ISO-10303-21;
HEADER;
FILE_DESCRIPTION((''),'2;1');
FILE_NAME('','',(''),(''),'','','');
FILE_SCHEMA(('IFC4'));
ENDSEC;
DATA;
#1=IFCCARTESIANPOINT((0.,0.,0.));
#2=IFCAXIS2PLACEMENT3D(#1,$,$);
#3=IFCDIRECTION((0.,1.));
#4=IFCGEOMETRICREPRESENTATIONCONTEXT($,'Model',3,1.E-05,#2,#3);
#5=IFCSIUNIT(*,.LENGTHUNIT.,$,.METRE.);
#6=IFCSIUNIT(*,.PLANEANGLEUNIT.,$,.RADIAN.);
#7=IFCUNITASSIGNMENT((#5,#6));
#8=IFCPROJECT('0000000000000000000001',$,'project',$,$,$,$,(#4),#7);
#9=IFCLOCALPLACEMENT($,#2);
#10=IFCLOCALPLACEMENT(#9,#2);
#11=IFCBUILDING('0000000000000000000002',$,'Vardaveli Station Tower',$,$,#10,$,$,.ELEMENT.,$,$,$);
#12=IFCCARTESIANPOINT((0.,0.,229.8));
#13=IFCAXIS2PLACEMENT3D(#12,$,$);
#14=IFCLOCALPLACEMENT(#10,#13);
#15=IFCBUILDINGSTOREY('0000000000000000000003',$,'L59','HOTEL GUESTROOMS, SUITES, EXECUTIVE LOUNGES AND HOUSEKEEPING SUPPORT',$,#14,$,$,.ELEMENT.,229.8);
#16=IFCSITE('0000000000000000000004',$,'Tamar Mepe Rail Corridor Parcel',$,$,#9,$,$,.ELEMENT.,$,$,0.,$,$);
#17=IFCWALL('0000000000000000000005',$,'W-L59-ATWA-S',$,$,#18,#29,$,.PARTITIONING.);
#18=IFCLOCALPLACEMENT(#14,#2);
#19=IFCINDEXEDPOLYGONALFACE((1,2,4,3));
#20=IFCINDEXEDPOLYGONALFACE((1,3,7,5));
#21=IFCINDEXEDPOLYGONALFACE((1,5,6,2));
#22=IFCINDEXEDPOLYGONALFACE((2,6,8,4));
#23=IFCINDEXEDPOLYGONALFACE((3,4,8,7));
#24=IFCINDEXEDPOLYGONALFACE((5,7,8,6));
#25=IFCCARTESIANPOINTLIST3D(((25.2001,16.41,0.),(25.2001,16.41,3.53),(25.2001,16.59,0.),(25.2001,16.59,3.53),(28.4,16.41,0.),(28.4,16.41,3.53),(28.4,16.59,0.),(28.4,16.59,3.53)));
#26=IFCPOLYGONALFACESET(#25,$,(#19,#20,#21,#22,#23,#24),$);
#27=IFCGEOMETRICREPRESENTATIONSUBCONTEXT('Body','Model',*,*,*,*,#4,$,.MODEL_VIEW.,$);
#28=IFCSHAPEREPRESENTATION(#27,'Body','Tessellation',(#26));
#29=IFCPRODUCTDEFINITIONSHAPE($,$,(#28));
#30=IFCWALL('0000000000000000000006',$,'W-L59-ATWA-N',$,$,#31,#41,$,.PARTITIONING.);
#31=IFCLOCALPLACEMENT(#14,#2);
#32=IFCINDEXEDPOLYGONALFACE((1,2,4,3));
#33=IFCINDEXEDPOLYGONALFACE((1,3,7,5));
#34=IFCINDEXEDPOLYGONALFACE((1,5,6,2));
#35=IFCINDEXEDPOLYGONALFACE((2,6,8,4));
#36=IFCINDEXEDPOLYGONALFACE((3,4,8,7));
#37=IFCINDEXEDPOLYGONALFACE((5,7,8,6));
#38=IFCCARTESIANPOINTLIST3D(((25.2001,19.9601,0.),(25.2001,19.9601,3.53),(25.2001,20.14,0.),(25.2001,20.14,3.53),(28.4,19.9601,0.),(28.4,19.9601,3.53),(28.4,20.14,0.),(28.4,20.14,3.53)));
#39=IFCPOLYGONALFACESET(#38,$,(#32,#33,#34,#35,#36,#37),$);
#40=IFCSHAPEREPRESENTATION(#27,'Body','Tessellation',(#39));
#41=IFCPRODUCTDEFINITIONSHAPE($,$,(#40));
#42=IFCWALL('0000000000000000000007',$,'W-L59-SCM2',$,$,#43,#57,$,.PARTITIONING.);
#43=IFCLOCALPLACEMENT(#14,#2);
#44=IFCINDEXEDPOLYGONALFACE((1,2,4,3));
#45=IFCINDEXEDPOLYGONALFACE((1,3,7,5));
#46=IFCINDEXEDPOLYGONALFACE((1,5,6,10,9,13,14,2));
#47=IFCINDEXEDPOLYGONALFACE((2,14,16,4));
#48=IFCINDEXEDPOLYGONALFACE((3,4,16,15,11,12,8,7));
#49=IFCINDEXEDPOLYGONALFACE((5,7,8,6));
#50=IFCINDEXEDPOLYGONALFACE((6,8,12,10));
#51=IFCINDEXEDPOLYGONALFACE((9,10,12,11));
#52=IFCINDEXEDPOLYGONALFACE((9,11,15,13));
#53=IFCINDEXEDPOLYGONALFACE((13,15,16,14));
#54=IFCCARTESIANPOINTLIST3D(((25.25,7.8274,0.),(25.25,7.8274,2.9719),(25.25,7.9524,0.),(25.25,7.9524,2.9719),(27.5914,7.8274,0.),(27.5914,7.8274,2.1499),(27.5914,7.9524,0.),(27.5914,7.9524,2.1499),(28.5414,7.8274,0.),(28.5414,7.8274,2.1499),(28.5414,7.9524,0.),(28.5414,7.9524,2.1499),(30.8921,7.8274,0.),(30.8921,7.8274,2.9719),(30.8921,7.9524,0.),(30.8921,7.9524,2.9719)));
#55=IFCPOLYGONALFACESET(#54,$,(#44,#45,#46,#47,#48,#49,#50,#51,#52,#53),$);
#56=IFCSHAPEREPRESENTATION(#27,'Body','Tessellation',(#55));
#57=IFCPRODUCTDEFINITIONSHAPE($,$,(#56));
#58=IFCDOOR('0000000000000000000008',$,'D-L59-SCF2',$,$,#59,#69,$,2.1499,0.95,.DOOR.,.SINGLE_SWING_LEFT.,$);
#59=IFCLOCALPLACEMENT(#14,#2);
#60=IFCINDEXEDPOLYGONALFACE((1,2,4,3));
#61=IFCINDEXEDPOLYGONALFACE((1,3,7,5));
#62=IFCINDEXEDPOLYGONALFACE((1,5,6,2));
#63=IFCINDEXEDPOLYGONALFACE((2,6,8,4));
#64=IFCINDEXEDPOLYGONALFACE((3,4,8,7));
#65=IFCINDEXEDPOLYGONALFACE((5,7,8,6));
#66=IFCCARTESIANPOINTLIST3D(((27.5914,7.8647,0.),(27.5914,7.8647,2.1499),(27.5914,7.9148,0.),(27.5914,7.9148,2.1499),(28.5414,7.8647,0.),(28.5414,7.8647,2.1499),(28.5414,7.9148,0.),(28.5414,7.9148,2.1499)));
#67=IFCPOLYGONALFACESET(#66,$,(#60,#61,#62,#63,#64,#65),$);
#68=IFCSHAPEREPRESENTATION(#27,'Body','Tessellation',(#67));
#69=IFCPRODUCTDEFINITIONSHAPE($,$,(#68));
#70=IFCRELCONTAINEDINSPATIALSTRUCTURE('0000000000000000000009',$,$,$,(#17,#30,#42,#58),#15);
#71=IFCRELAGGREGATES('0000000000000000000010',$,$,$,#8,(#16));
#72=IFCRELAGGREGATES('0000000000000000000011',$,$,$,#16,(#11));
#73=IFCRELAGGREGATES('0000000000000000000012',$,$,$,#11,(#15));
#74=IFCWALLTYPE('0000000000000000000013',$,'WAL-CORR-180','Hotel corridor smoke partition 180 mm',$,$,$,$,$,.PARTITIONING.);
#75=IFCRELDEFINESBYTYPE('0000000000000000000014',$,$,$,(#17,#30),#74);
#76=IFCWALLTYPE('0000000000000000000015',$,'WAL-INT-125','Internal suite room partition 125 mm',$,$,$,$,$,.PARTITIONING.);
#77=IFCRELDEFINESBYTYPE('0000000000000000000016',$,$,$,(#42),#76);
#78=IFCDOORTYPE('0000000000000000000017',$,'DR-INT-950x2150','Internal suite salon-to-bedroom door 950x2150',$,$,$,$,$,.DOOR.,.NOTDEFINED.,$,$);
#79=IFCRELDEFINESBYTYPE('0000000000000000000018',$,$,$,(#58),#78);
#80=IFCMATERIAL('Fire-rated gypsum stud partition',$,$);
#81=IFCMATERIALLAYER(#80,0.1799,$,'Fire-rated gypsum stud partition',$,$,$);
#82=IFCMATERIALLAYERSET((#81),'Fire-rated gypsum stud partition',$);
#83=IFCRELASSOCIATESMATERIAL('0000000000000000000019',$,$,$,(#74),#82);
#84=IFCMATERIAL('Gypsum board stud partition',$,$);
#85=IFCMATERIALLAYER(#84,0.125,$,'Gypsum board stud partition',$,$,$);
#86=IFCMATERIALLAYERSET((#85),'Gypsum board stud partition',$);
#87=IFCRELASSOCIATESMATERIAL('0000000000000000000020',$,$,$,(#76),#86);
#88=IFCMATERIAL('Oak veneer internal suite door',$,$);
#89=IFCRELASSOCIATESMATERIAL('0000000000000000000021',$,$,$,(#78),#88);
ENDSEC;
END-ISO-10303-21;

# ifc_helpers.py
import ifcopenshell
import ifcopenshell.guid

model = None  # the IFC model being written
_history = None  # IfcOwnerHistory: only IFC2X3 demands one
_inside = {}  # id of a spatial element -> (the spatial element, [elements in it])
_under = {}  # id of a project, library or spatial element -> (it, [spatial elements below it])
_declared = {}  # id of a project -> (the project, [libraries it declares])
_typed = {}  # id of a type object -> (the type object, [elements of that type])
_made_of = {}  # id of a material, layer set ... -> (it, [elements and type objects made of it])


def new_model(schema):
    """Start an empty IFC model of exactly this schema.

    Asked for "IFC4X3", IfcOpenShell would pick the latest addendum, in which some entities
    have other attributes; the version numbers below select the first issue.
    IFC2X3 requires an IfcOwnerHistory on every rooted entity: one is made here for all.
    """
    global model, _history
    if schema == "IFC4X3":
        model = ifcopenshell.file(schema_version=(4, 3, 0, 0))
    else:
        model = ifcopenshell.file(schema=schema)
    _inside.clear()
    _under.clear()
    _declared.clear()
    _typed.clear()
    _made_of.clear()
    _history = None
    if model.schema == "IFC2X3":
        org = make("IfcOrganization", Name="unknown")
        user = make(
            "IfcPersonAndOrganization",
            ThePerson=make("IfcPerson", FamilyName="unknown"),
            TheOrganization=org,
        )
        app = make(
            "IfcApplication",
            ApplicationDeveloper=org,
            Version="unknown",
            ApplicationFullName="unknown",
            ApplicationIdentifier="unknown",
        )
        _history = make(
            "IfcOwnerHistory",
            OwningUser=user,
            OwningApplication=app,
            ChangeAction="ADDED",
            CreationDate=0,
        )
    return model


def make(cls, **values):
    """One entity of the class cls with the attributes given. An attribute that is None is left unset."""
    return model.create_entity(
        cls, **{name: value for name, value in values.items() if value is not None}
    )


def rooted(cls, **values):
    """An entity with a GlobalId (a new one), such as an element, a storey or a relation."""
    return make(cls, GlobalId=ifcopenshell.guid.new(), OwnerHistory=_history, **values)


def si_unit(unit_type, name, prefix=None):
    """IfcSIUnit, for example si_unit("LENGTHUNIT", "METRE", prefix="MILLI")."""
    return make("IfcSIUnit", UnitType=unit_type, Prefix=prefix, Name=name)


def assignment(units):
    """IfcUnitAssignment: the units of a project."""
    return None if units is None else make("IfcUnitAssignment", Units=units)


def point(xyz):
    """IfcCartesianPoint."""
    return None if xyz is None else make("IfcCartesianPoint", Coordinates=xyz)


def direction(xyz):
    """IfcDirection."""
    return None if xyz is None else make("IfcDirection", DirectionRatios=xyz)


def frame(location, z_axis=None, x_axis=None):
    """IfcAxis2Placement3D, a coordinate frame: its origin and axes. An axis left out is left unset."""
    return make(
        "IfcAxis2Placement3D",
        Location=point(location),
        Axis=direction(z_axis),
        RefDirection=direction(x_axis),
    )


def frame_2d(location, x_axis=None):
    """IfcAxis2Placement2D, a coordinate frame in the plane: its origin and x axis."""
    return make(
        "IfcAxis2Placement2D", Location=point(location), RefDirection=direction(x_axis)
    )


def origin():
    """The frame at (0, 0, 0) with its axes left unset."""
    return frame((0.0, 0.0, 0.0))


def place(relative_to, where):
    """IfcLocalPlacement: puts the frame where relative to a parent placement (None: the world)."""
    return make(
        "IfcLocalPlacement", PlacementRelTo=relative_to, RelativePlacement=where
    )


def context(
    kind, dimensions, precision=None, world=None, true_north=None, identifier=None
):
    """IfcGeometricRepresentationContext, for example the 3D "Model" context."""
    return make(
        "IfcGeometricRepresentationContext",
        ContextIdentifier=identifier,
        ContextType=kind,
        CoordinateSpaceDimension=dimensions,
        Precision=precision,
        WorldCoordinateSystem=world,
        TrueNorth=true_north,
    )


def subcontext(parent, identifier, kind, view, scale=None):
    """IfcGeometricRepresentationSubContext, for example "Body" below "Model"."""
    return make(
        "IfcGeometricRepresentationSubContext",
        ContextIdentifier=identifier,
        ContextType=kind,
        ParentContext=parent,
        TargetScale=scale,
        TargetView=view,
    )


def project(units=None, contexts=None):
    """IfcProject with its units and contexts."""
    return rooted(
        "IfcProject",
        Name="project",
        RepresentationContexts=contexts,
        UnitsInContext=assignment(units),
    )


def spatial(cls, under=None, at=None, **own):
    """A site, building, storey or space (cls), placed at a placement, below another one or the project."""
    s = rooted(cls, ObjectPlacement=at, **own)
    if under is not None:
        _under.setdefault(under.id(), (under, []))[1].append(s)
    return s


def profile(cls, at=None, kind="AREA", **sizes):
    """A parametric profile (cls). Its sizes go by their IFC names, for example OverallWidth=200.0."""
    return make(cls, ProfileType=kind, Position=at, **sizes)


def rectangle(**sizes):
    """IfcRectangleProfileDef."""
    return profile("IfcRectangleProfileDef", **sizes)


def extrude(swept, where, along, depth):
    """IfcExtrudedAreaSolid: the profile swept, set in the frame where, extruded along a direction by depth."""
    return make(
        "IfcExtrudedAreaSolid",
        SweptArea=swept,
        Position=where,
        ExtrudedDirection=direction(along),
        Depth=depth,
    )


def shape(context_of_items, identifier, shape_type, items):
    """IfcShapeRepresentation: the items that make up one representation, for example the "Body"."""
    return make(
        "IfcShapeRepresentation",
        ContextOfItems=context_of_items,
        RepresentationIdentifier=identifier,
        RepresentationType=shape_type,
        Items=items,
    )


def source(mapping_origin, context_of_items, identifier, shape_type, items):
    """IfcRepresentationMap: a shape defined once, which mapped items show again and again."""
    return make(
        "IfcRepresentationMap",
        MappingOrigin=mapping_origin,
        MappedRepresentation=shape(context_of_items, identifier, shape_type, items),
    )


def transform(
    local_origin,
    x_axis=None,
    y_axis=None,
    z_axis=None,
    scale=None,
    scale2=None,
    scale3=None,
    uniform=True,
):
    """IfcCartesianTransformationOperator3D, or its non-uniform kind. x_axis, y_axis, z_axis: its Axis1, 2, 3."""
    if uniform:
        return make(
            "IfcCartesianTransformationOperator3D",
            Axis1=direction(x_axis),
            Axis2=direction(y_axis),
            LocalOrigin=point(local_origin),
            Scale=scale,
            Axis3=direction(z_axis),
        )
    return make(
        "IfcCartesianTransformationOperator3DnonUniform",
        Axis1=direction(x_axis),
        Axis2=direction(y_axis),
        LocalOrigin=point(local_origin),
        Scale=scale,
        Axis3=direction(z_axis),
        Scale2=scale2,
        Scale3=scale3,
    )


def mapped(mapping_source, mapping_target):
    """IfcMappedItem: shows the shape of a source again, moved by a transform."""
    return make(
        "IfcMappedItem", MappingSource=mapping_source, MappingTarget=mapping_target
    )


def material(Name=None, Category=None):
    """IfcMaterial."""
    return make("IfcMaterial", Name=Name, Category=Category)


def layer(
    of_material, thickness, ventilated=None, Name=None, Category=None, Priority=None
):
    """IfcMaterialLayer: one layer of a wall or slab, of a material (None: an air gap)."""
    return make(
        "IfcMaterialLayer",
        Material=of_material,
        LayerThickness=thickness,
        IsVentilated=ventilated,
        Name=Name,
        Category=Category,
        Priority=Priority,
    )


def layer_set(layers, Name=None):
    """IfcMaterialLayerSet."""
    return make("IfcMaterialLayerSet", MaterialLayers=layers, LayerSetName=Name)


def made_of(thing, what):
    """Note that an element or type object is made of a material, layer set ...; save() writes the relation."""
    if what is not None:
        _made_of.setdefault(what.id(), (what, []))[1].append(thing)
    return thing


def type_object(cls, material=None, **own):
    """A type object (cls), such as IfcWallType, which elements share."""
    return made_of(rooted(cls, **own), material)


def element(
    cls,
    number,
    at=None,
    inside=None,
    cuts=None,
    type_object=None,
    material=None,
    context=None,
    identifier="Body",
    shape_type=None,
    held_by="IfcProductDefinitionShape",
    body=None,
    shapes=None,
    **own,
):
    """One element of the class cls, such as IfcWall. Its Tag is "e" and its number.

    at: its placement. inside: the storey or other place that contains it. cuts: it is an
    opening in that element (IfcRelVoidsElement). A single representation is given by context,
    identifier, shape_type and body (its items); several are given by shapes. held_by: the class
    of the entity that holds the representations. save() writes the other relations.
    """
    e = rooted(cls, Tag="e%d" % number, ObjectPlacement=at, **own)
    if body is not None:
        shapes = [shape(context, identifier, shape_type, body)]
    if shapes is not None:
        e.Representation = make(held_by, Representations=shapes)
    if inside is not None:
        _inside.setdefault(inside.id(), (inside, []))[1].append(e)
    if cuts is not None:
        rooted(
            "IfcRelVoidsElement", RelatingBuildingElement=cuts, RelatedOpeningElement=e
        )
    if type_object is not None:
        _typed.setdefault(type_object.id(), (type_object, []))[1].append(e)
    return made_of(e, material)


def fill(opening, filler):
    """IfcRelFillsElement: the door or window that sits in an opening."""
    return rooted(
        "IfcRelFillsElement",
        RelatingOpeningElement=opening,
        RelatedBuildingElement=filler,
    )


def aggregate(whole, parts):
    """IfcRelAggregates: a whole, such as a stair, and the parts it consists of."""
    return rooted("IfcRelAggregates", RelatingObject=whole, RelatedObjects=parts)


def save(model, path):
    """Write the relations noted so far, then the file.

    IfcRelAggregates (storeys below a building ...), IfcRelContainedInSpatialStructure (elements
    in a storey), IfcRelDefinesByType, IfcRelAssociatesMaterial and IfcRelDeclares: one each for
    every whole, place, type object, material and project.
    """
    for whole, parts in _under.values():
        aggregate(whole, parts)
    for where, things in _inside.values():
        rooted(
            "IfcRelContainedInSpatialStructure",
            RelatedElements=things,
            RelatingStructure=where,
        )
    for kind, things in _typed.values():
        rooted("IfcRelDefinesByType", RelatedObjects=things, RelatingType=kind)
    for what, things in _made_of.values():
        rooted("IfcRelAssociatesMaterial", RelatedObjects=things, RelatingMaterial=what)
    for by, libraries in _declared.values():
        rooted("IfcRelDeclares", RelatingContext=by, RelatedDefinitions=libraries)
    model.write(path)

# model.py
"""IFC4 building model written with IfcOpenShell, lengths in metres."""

from ifc_helpers import new_model, si_unit, direction, frame, frame_2d, origin, place, context, subcontext, project, spatial, rectangle, extrude, source, transform, mapped, material, layer, layer_set, type_object, element, fill, save


model = new_model("IFC4")

# Units and contexts
model_context = context("Model", 3, precision=1e-05, world=origin(), true_north=direction((0.0, 1.0)))
body_context = subcontext(model_context, "Body", "Model", "MODEL_VIEW")
ifc_project = project(units=[si_unit("LENGTHUNIT", "METRE"), si_unit("PLANEANGLEUNIT", "RADIAN")], contexts=[model_context])

# Site, building, storey
site_placement = place(None, origin())
site = spatial("IfcSite", under=ifc_project, at=site_placement, Name="Tamar Mepe Rail Corridor Parcel", CompositionType="ELEMENT", RefElevation=0.0)
building_placement = place(site_placement, origin())
building = spatial("IfcBuilding", under=site, at=building_placement, Name="Vardaveli Station Tower", CompositionType="ELEMENT")
storey_placement = place(building_placement, frame((0.0, 0.0, 229.8)))
storey = spatial("IfcBuildingStorey", under=building, at=storey_placement, Name="L59", Description="HOTEL GUESTROOMS, SUITES, EXECUTIVE LOUNGES AND HOUSEKEEPING SUPPORT", CompositionType="ELEMENT", Elevation=229.8)

# Shared definitions
ifc_material_1 = material(Name="Fire-rated gypsum stud partition")
ifc_layer_1 = layer(ifc_material_1, 0.1799, Name="Fire-rated gypsum stud partition")
ifc_layer_set_1 = layer_set([ifc_layer_1], Name="Fire-rated gypsum stud partition")
wall_type_1 = type_object("IfcWallType", Name="WAL-CORR-180", Description="Hotel corridor smoke partition 180 mm", PredefinedType="PARTITIONING", material=ifc_layer_set_1)

# Walls
shared_shape_1 = source(origin(), body_context, "Body", "SweptSolid", [
    extrude(rectangle(XDim=3.2, YDim=0.1799, at=frame_2d((1.6001, 0.0))), origin(), (0.0, 0.0, 1.0), 3.53),
])
for number, where, z_axis, x_axis, name in (
    (1, (25.2, 16.5, 0.0), (0.0, 0.0, 1.0), (1.0, 0.0, 0.0), "W-L59-ATWA-S"),
    (2, (25.2, 20.05, 0.0), (0.0, 0.0, 1.0), (1.0, 0.0, 0.0), "W-L59-ATWA-N"),
):
    element("IfcWall", number, at=place(storey_placement, frame(where, z_axis=z_axis, x_axis=x_axis)), inside=storey, type_object=wall_type_1, Name=name, PredefinedType="PARTITIONING", context=body_context, shape_type="MappedRepresentation", body=[
        mapped(shared_shape_1, transform((0.0, 0.0, 0.0), scale=1.0)),
    ])

# Wall, opening, door
ifc_material_2 = material(Name="Gypsum board stud partition")
ifc_layer_2 = layer(ifc_material_2, 0.125, Name="Gypsum board stud partition")
ifc_layer_set_2 = layer_set([ifc_layer_2], Name="Gypsum board stud partition")
wall_type_2 = type_object("IfcWallType", Name="WAL-INT-125", Description="Internal suite room partition 125 mm", PredefinedType="PARTITIONING", material=ifc_layer_set_2)
shared_shape_2 = source(origin(), body_context, "Body", "SweptSolid", [
    extrude(rectangle(XDim=5.6421, YDim=0.125, at=frame_2d((2.821, 0.0))), origin(), (0.0, 0.0, 1.0), 2.9719),
])
wall_1_placement = place(storey_placement, frame((25.25, 7.8899, 0.0), z_axis=(0.0, 0.0, 1.0), x_axis=(1.0, 0.0, 0.0)))
wall_1 = element("IfcWall", 3, at=wall_1_placement, inside=storey, type_object=wall_type_2, Name="W-L59-SCM2", PredefinedType="PARTITIONING", context=body_context, shape_type="MappedRepresentation", body=[
    mapped(shared_shape_2, transform((0.0, 0.0, 0.0), scale=1.0)),
])
shared_shape_3 = source(origin(), body_context, "Body", "SweptSolid", [
    extrude(rectangle(XDim=0.95, YDim=2.1499, at=frame_2d((0.4751, 1.075))), frame((0.0, 0.0725, 0.0), z_axis=(0.0, -1.0, 0.0), x_axis=(1.0, 0.0, 0.0)), (0.0, 0.0, 1.0), 0.145),
])
opening_1_placement = place(wall_1_placement, frame((2.3413, 0.0, 0.0)))
opening_1 = element("IfcOpeningElement", 4, at=opening_1_placement, cuts=wall_1, PredefinedType="OPENING", context=body_context, shape_type="MappedRepresentation", body=[
    mapped(shared_shape_3, transform((0.0, 0.0, 0.0), scale=1.0)),
])
ifc_material_3 = material(Name="Oak veneer internal suite door")
door_type_1 = type_object("IfcDoorType", Name="DR-INT-950x2150", Description="Internal suite salon-to-bedroom door 950x2150", OperationType="NOTDEFINED", PredefinedType="DOOR", material=ifc_material_3)
shared_shape_4 = source(origin(), body_context, "Body", "SweptSolid", [
    extrude(rectangle(XDim=0.95, YDim=2.1499, at=frame_2d((0.4751, 1.075))), frame((0.0, 0.0249, 0.0), z_axis=(0.0, -1.0, 0.0), x_axis=(1.0, 0.0, 0.0)), (0.0, 0.0, 1.0), 0.05),
])
door_1_placement = place(opening_1_placement, origin())
door_1 = element("IfcDoor", 5, at=door_1_placement, inside=storey, type_object=door_type_1, Name="D-L59-SCF2", OperationType="SINGLE_SWING_LEFT", OverallHeight=2.1499, OverallWidth=0.95, PredefinedType="DOOR", context=body_context, shape_type="MappedRepresentation", body=[
    mapped(shared_shape_4, transform((0.0, 0.0, 0.0), scale=1.0)),
])
fill(opening_1, door_1)

save(model, "model.ifc")
